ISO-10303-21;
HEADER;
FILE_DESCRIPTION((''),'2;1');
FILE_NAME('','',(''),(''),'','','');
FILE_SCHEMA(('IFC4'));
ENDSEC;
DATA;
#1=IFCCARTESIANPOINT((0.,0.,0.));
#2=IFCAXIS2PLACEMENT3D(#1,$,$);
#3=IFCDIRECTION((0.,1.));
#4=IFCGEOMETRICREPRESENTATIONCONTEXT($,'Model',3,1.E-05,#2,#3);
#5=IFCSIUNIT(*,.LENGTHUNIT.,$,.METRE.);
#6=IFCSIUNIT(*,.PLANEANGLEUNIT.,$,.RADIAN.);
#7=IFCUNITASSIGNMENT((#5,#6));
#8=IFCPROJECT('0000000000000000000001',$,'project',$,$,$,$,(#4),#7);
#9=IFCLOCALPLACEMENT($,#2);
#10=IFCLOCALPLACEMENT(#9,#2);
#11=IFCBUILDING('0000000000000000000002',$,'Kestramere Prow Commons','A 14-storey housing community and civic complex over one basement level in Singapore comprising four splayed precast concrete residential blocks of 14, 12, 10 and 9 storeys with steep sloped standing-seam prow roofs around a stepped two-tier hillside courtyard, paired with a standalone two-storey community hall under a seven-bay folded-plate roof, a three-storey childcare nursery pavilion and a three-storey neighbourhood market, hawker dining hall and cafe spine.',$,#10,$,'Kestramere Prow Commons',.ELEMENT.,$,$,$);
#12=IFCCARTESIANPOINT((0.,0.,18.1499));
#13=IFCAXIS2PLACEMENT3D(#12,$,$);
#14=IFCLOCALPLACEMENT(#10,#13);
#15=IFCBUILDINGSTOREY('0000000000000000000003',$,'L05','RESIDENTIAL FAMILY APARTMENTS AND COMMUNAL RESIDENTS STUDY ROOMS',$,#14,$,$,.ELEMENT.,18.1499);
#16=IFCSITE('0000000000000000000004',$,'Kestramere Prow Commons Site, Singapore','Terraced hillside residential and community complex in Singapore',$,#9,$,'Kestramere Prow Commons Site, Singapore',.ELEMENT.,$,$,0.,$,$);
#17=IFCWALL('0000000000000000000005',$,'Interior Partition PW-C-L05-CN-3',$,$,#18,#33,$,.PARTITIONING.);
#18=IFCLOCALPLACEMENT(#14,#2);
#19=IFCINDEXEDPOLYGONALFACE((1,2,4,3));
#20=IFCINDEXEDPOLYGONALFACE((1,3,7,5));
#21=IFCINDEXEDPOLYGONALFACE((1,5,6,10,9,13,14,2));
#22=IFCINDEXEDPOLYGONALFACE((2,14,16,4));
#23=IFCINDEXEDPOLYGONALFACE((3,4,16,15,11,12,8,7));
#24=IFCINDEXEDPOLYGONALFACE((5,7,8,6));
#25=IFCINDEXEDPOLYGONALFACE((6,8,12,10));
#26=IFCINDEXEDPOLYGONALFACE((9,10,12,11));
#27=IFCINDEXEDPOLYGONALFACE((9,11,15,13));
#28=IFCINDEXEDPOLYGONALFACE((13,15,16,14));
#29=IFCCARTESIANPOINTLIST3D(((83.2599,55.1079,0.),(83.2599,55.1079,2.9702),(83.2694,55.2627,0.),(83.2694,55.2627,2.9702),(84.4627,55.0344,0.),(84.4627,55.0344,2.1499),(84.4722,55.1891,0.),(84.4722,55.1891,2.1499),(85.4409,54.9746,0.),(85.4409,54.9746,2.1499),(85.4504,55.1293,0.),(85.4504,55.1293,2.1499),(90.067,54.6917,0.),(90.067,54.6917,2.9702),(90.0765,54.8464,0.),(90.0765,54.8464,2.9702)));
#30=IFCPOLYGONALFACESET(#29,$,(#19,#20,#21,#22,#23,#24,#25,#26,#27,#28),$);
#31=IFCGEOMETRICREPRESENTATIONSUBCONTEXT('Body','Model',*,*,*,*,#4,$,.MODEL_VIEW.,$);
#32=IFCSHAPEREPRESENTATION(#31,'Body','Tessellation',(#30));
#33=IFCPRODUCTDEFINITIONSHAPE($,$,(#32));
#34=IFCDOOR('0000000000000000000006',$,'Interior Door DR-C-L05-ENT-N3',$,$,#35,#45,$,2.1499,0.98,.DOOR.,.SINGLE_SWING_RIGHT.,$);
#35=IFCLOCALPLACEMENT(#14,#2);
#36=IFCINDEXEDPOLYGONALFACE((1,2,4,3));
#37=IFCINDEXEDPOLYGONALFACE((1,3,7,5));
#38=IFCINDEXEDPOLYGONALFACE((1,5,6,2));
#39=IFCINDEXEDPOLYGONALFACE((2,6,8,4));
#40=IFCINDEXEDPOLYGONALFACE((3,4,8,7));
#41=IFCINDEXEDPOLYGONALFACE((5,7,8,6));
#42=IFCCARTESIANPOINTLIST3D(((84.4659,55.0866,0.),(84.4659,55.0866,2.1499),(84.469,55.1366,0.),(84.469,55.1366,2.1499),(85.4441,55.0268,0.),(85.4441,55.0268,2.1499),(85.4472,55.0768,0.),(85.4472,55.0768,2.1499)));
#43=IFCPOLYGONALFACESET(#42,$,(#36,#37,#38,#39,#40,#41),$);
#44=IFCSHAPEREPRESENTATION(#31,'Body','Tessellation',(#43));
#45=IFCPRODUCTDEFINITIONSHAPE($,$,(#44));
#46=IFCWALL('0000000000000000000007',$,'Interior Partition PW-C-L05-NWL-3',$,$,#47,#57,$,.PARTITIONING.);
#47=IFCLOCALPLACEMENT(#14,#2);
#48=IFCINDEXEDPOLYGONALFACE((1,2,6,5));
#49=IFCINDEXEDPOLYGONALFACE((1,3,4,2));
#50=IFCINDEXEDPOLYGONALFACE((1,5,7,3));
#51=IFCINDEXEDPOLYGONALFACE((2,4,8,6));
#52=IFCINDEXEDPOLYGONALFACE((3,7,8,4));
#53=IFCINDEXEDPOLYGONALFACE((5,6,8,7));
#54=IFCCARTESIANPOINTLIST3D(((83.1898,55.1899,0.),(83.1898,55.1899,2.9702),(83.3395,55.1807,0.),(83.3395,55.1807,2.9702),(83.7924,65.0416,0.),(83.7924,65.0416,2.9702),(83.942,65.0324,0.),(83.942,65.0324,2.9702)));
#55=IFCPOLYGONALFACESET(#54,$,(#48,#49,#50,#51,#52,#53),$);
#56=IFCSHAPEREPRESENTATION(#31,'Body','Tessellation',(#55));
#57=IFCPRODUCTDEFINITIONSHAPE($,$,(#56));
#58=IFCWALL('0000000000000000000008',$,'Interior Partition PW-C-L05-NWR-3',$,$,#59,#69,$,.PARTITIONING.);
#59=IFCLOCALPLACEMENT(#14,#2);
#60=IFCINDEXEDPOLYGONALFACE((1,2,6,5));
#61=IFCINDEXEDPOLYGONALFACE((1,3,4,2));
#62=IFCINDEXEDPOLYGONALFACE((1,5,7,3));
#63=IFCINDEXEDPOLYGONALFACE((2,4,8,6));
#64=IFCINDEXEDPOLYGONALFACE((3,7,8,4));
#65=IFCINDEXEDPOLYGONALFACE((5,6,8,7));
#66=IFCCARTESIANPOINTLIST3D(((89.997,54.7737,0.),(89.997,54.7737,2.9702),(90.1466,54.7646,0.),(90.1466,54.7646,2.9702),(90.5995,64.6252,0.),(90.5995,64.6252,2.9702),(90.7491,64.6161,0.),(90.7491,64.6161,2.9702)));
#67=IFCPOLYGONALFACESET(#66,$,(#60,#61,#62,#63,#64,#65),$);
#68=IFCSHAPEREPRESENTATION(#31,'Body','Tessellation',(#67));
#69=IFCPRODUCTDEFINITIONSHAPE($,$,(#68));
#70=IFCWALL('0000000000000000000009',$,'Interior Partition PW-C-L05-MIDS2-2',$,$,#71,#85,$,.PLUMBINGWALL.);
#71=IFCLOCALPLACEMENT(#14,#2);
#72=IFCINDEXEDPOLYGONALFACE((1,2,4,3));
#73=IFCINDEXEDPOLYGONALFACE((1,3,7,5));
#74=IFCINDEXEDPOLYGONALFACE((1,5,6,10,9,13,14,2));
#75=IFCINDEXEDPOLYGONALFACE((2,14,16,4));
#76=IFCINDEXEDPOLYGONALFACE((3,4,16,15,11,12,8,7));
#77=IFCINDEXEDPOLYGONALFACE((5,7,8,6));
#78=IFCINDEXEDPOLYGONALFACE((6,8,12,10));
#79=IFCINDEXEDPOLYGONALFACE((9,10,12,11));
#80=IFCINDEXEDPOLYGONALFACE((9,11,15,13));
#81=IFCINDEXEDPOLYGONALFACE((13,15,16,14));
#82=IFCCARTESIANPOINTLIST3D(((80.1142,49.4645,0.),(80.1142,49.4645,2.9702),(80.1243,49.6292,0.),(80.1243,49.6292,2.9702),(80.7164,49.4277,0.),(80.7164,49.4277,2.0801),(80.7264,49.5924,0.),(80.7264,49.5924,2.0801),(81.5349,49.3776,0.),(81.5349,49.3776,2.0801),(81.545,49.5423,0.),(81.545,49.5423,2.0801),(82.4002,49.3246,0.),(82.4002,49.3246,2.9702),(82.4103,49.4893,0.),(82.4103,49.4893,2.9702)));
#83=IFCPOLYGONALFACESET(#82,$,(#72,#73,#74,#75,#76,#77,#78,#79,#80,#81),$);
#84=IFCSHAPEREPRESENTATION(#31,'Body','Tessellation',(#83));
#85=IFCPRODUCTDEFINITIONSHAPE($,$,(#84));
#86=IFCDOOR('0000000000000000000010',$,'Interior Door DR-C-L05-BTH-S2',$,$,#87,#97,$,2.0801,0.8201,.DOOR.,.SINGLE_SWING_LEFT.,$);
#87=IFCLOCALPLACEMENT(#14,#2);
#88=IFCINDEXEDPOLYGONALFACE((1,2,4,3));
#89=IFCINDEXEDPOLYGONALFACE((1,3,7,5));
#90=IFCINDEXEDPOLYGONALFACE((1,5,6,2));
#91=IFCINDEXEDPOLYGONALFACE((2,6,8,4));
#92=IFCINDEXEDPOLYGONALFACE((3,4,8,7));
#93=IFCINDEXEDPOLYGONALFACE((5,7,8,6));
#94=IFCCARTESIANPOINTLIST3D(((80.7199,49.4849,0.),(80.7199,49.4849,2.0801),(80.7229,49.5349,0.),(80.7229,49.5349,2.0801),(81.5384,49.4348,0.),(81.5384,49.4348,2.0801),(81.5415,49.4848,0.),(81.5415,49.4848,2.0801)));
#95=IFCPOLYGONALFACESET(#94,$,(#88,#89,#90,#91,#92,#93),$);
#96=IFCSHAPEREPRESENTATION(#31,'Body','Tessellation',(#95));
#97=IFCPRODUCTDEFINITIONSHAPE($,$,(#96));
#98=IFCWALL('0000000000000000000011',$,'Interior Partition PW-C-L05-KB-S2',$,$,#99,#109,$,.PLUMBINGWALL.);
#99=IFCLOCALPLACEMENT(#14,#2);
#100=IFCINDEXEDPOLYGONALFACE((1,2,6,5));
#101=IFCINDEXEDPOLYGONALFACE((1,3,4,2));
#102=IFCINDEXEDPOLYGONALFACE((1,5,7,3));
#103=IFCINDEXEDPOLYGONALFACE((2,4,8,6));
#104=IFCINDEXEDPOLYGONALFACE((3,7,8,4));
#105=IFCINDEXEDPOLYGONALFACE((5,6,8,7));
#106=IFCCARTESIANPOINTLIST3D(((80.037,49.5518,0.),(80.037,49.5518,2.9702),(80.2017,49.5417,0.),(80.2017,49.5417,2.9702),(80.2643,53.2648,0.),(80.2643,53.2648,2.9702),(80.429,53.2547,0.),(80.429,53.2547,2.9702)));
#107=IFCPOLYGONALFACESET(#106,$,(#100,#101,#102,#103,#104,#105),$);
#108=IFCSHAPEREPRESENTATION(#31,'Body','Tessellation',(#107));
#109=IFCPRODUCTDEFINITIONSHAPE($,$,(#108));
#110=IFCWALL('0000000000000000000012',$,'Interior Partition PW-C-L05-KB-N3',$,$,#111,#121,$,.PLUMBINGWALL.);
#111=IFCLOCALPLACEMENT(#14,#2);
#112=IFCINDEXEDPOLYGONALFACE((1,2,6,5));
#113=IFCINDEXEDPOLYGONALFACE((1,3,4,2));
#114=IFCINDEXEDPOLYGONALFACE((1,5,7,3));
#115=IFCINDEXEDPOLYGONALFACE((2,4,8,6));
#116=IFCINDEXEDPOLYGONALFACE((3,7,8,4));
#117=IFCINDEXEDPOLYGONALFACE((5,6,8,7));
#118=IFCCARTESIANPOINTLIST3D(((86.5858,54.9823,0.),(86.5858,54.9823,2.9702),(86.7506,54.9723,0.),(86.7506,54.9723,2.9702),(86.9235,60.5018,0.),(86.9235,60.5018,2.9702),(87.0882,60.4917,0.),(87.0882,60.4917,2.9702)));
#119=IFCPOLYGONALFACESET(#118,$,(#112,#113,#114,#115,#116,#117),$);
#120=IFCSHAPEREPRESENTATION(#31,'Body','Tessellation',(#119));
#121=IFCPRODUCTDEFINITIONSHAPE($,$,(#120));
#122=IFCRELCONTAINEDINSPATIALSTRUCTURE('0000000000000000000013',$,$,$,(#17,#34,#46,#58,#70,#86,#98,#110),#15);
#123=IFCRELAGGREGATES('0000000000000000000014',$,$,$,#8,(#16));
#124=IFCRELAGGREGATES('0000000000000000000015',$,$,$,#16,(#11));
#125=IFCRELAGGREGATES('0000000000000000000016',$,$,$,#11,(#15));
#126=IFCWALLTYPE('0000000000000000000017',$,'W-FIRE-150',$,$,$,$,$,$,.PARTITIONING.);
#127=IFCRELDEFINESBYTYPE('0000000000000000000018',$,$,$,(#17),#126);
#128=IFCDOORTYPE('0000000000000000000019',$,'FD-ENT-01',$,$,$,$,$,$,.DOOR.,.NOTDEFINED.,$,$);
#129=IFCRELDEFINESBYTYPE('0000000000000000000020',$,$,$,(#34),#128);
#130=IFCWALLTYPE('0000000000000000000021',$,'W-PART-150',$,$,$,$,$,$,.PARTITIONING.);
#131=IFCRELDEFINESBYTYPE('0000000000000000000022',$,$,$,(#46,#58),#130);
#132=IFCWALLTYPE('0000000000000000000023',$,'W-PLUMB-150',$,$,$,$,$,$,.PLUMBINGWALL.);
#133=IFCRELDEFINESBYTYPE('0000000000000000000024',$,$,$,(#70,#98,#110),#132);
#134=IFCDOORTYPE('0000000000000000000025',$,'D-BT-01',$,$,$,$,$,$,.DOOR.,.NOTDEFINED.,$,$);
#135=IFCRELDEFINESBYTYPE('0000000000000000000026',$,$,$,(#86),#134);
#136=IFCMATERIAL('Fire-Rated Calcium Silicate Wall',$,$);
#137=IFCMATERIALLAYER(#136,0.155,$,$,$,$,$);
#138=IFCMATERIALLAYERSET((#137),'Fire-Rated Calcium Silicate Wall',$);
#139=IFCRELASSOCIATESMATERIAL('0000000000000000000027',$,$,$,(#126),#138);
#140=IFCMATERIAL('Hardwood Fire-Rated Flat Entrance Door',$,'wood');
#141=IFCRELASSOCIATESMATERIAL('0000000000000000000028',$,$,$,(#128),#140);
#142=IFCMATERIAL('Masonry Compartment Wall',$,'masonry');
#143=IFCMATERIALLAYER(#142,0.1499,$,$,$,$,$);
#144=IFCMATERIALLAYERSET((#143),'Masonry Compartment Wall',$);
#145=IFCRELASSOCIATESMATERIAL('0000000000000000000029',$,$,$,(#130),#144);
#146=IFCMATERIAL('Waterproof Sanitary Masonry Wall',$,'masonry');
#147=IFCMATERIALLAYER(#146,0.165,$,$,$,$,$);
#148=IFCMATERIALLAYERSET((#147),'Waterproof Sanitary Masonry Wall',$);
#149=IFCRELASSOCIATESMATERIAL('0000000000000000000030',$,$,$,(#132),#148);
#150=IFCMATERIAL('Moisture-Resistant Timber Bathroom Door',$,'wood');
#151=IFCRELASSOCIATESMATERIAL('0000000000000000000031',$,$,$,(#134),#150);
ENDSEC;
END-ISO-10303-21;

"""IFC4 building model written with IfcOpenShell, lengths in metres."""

from ifc_helpers import new_model, si_unit, direction, frame, frame_2d, origin, place, context, subcontext, project, spatial, rectangle, extrude, material, layer, layer_set, type_object, element, fill, save


model = new_model("IFC4")

# Units and contexts
model_context = context("Model", 3, precision=1e-05, world=origin(), true_north=direction((0.0, 1.0)))
body_context = subcontext(model_context, "Body", "Model", "MODEL_VIEW")
ifc_project = project(units=[si_unit("LENGTHUNIT", "METRE"), si_unit("PLANEANGLEUNIT", "RADIAN")], contexts=[model_context])

# Site, building, storey
site_placement = place(None, origin())
site = spatial("IfcSite", under=ifc_project, at=site_placement, Name="Kestramere Prow Commons Site, Singapore", Description="Terraced hillside residential and community complex in Singapore", LongName="Kestramere Prow Commons Site, Singapore", CompositionType="ELEMENT", RefElevation=0.0)
building_placement = place(site_placement, origin())
building = spatial("IfcBuilding", under=site, at=building_placement, Name="Kestramere Prow Commons", Description="A 14-storey housing community and civic complex over one basement level in Singapore comprising four splayed precast concrete residential blocks of 14, 12, 10 and 9 storeys with steep sloped standing-seam prow roofs around a stepped two-tier hillside courtyard, paired with a standalone two-storey community hall under a seven-bay folded-plate roof, a three-storey childcare nursery pavilion and a three-storey neighbourhood market, hawker dining hall and cafe spine.", LongName="Kestramere Prow Commons", CompositionType="ELEMENT")
storey_placement = place(building_placement, frame((0.0, 0.0, 18.1499)))
storey = spatial("IfcBuildingStorey", under=building, at=storey_placement, Name="L05", Description="RESIDENTIAL FAMILY APARTMENTS AND COMMUNAL RESIDENTS STUDY ROOMS", CompositionType="ELEMENT", Elevation=18.1499)

# Wall, opening, door
ifc_material_1 = material(Name="Fire-Rated Calcium Silicate Wall")
ifc_layer_1 = layer(ifc_material_1, 0.155)
ifc_layer_set_1 = layer_set([ifc_layer_1], Name="Fire-Rated Calcium Silicate Wall")
wall_type_1 = type_object("IfcWallType", Name="W-FIRE-150", PredefinedType="PARTITIONING", material=ifc_layer_set_1)
ifc_material_2 = material(Name="Hardwood Fire-Rated Flat Entrance Door", Category="wood")
wall_1_placement = place(storey_placement, frame((83.2646, 55.1853, 0.0), z_axis=(0.0, 0.0, 1.0), x_axis=(0.998136, -0.061037, 0.0)))
wall_1 = element("IfcWall", 1, at=wall_1_placement, inside=storey, type_object=wall_type_1, Name="Interior Partition PW-C-L05-CN-3", PredefinedType="PARTITIONING", context=body_context, shape_type="SweptSolid", body=[
    extrude(rectangle(XDim=6.8198, YDim=0.155, at=frame_2d((3.4099, 0.0))), origin(), (0.0, 0.0, 1.0), 2.9702),
])
opening_1_placement = place(wall_1_placement, frame((1.2051, 0.0, 0.0)))
opening_1 = element("IfcOpeningElement", 2, at=opening_1_placement, cuts=wall_1, PredefinedType="OPENING", context=body_context, shape_type="SweptSolid", body=[
    extrude(rectangle(XDim=0.98, YDim=2.1499, at=frame_2d((0.49, 1.075))), frame((0.0, 0.0925, 0.0), z_axis=(0.0, -1.0, 0.0), x_axis=(1.0, 0.0, 0.0)), (0.0, 0.0, 1.0), 0.1851),
])
door_type_1 = type_object("IfcDoorType", Name="FD-ENT-01", OperationType="NOTDEFINED", PredefinedType="DOOR", material=ifc_material_2)
door_1_placement = place(opening_1_placement, origin())
door_1 = element("IfcDoor", 3, at=door_1_placement, inside=storey, type_object=door_type_1, Name="Interior Door DR-C-L05-ENT-N3", OperationType="SINGLE_SWING_RIGHT", OverallHeight=2.1499, OverallWidth=0.98, PredefinedType="DOOR", context=body_context, shape_type="SweptSolid", body=[
    extrude(rectangle(XDim=0.98, YDim=2.1499, at=frame_2d((0.49, 1.075))), frame((0.0, 0.0249, 0.0), z_axis=(0.0, -1.0, 0.0), x_axis=(1.0, 0.0, 0.0)), (0.0, 0.0, 1.0), 0.05),
])
fill(opening_1, door_1)

# Walls
ifc_material_3 = material(Name="Masonry Compartment Wall", Category="masonry")
ifc_layer_2 = layer(ifc_material_3, 0.1499)
ifc_layer_set_2 = layer_set([ifc_layer_2], Name="Masonry Compartment Wall")
wall_type_2 = type_object("IfcWallType", Name="W-PART-150", PredefinedType="PARTITIONING", material=ifc_layer_set_2)
wall_2_placement = place(storey_placement, frame((83.2646, 55.1853, 0.0), z_axis=(0.0, 0.0, 1.0), x_axis=(0.061046, 0.998135, 0.0)))
element("IfcWall", 4, at=wall_2_placement, inside=storey, type_object=wall_type_2, Name="Interior Partition PW-C-L05-NWL-3", PredefinedType="PARTITIONING", context=body_context, shape_type="SweptSolid", body=[
    extrude(rectangle(XDim=9.8701, YDim=0.1499, at=frame_2d((4.9351, 0.0))), origin(), (0.0, 0.0, 1.0), 2.9702),
])
wall_3_placement = place(storey_placement, frame((90.0718, 54.769, 0.0), z_axis=(0.0, 0.0, 1.0), x_axis=(0.061048, 0.998135, 0.0)))
element("IfcWall", 5, at=wall_3_placement, inside=storey, type_object=wall_type_2, Name="Interior Partition PW-C-L05-NWR-3", PredefinedType="PARTITIONING", context=body_context, shape_type="SweptSolid", body=[
    extrude(rectangle(XDim=9.8699, YDim=0.1499, at=frame_2d((4.9351, 0.0))), origin(), (0.0, 0.0, 1.0), 2.9702),
])

# Wall, opening, door
ifc_material_4 = material(Name="Waterproof Sanitary Masonry Wall", Category="masonry")
ifc_layer_3 = layer(ifc_material_4, 0.165)
ifc_layer_set_3 = layer_set([ifc_layer_3], Name="Waterproof Sanitary Masonry Wall")
wall_type_3 = type_object("IfcWallType", Name="W-PLUMB-150", PredefinedType="PLUMBINGWALL", material=ifc_layer_set_3)
wall_4_placement = place(storey_placement, frame((80.1194, 49.5469, 0.0), z_axis=(0.0, 0.0, 1.0), x_axis=(0.998133, -0.061084, 0.0)))
wall_4 = element("IfcWall", 6, at=wall_4_placement, inside=storey, type_object=wall_type_3, Name="Interior Partition PW-C-L05-MIDS2-2", PredefinedType="PLUMBINGWALL", context=body_context, shape_type="SweptSolid", body=[
    extrude(rectangle(XDim=2.2903, YDim=0.165, at=frame_2d((1.145, 0.0))), origin(), (0.0, 0.0, 1.0), 2.9702),
])
opening_2_placement = place(wall_4_placement, frame((0.603, 0.0, 0.0)))
opening_2 = element("IfcOpeningElement", 7, at=opening_2_placement, cuts=wall_4, PredefinedType="OPENING", context=body_context, shape_type="SweptSolid", body=[
    extrude(rectangle(XDim=0.8201, YDim=2.0801, at=frame_2d((0.4102, 1.04))), frame((0.0, 0.0974, 0.0), z_axis=(0.0, -1.0, 0.0), x_axis=(1.0, 0.0, 0.0)), (0.0, 0.0, 1.0), 0.1951),
])
ifc_material_5 = material(Name="Moisture-Resistant Timber Bathroom Door", Category="wood")
door_type_2 = type_object("IfcDoorType", Name="D-BT-01", OperationType="NOTDEFINED", PredefinedType="DOOR", material=ifc_material_5)
door_2_placement = place(opening_2_placement, origin())
door_2 = element("IfcDoor", 8, at=door_2_placement, inside=storey, type_object=door_type_2, Name="Interior Door DR-C-L05-BTH-S2", OperationType="SINGLE_SWING_LEFT", OverallHeight=2.0801, OverallWidth=0.8201, PredefinedType="DOOR", context=body_context, shape_type="SweptSolid", body=[
    extrude(rectangle(XDim=0.8201, YDim=2.0801, at=frame_2d((0.4102, 1.04))), frame((0.0, 0.0249, 0.0), z_axis=(0.0, -1.0, 0.0), x_axis=(1.0, 0.0, 0.0)), (0.0, 0.0, 1.0), 0.05),
])
fill(opening_2, door_2)

# Walls
wall_5_placement = place(storey_placement, frame((80.1194, 49.5469, 0.0), z_axis=(0.0, 0.0, 1.0), x_axis=(0.061099, 0.998132, 0.0)))
element("IfcWall", 9, at=wall_5_placement, inside=storey, type_object=wall_type_3, Name="Interior Partition PW-C-L05-KB-S2", PredefinedType="PLUMBINGWALL", context=body_context, shape_type="SweptSolid", body=[
    extrude(rectangle(XDim=3.72, YDim=0.165, at=frame_2d((1.8599, 0.0))), origin(), (0.0, 0.0, 1.0), 2.9702),
])
wall_6_placement = place(storey_placement, frame((86.6682, 54.9773, 0.0), z_axis=(0.0, 0.0, 1.0), x_axis=(0.061059, 0.998134, 0.0)))
element("IfcWall", 10, at=wall_6_placement, inside=storey, type_object=wall_type_3, Name="Interior Partition PW-C-L05-KB-N3", PredefinedType="PLUMBINGWALL", context=body_context, shape_type="SweptSolid", body=[
    extrude(rectangle(XDim=5.5298, YDim=0.165, at=frame_2d((2.7649, 0.0))), origin(), (0.0, 0.0, 1.0), 2.9702),
])

save(model, "model.ifc")
